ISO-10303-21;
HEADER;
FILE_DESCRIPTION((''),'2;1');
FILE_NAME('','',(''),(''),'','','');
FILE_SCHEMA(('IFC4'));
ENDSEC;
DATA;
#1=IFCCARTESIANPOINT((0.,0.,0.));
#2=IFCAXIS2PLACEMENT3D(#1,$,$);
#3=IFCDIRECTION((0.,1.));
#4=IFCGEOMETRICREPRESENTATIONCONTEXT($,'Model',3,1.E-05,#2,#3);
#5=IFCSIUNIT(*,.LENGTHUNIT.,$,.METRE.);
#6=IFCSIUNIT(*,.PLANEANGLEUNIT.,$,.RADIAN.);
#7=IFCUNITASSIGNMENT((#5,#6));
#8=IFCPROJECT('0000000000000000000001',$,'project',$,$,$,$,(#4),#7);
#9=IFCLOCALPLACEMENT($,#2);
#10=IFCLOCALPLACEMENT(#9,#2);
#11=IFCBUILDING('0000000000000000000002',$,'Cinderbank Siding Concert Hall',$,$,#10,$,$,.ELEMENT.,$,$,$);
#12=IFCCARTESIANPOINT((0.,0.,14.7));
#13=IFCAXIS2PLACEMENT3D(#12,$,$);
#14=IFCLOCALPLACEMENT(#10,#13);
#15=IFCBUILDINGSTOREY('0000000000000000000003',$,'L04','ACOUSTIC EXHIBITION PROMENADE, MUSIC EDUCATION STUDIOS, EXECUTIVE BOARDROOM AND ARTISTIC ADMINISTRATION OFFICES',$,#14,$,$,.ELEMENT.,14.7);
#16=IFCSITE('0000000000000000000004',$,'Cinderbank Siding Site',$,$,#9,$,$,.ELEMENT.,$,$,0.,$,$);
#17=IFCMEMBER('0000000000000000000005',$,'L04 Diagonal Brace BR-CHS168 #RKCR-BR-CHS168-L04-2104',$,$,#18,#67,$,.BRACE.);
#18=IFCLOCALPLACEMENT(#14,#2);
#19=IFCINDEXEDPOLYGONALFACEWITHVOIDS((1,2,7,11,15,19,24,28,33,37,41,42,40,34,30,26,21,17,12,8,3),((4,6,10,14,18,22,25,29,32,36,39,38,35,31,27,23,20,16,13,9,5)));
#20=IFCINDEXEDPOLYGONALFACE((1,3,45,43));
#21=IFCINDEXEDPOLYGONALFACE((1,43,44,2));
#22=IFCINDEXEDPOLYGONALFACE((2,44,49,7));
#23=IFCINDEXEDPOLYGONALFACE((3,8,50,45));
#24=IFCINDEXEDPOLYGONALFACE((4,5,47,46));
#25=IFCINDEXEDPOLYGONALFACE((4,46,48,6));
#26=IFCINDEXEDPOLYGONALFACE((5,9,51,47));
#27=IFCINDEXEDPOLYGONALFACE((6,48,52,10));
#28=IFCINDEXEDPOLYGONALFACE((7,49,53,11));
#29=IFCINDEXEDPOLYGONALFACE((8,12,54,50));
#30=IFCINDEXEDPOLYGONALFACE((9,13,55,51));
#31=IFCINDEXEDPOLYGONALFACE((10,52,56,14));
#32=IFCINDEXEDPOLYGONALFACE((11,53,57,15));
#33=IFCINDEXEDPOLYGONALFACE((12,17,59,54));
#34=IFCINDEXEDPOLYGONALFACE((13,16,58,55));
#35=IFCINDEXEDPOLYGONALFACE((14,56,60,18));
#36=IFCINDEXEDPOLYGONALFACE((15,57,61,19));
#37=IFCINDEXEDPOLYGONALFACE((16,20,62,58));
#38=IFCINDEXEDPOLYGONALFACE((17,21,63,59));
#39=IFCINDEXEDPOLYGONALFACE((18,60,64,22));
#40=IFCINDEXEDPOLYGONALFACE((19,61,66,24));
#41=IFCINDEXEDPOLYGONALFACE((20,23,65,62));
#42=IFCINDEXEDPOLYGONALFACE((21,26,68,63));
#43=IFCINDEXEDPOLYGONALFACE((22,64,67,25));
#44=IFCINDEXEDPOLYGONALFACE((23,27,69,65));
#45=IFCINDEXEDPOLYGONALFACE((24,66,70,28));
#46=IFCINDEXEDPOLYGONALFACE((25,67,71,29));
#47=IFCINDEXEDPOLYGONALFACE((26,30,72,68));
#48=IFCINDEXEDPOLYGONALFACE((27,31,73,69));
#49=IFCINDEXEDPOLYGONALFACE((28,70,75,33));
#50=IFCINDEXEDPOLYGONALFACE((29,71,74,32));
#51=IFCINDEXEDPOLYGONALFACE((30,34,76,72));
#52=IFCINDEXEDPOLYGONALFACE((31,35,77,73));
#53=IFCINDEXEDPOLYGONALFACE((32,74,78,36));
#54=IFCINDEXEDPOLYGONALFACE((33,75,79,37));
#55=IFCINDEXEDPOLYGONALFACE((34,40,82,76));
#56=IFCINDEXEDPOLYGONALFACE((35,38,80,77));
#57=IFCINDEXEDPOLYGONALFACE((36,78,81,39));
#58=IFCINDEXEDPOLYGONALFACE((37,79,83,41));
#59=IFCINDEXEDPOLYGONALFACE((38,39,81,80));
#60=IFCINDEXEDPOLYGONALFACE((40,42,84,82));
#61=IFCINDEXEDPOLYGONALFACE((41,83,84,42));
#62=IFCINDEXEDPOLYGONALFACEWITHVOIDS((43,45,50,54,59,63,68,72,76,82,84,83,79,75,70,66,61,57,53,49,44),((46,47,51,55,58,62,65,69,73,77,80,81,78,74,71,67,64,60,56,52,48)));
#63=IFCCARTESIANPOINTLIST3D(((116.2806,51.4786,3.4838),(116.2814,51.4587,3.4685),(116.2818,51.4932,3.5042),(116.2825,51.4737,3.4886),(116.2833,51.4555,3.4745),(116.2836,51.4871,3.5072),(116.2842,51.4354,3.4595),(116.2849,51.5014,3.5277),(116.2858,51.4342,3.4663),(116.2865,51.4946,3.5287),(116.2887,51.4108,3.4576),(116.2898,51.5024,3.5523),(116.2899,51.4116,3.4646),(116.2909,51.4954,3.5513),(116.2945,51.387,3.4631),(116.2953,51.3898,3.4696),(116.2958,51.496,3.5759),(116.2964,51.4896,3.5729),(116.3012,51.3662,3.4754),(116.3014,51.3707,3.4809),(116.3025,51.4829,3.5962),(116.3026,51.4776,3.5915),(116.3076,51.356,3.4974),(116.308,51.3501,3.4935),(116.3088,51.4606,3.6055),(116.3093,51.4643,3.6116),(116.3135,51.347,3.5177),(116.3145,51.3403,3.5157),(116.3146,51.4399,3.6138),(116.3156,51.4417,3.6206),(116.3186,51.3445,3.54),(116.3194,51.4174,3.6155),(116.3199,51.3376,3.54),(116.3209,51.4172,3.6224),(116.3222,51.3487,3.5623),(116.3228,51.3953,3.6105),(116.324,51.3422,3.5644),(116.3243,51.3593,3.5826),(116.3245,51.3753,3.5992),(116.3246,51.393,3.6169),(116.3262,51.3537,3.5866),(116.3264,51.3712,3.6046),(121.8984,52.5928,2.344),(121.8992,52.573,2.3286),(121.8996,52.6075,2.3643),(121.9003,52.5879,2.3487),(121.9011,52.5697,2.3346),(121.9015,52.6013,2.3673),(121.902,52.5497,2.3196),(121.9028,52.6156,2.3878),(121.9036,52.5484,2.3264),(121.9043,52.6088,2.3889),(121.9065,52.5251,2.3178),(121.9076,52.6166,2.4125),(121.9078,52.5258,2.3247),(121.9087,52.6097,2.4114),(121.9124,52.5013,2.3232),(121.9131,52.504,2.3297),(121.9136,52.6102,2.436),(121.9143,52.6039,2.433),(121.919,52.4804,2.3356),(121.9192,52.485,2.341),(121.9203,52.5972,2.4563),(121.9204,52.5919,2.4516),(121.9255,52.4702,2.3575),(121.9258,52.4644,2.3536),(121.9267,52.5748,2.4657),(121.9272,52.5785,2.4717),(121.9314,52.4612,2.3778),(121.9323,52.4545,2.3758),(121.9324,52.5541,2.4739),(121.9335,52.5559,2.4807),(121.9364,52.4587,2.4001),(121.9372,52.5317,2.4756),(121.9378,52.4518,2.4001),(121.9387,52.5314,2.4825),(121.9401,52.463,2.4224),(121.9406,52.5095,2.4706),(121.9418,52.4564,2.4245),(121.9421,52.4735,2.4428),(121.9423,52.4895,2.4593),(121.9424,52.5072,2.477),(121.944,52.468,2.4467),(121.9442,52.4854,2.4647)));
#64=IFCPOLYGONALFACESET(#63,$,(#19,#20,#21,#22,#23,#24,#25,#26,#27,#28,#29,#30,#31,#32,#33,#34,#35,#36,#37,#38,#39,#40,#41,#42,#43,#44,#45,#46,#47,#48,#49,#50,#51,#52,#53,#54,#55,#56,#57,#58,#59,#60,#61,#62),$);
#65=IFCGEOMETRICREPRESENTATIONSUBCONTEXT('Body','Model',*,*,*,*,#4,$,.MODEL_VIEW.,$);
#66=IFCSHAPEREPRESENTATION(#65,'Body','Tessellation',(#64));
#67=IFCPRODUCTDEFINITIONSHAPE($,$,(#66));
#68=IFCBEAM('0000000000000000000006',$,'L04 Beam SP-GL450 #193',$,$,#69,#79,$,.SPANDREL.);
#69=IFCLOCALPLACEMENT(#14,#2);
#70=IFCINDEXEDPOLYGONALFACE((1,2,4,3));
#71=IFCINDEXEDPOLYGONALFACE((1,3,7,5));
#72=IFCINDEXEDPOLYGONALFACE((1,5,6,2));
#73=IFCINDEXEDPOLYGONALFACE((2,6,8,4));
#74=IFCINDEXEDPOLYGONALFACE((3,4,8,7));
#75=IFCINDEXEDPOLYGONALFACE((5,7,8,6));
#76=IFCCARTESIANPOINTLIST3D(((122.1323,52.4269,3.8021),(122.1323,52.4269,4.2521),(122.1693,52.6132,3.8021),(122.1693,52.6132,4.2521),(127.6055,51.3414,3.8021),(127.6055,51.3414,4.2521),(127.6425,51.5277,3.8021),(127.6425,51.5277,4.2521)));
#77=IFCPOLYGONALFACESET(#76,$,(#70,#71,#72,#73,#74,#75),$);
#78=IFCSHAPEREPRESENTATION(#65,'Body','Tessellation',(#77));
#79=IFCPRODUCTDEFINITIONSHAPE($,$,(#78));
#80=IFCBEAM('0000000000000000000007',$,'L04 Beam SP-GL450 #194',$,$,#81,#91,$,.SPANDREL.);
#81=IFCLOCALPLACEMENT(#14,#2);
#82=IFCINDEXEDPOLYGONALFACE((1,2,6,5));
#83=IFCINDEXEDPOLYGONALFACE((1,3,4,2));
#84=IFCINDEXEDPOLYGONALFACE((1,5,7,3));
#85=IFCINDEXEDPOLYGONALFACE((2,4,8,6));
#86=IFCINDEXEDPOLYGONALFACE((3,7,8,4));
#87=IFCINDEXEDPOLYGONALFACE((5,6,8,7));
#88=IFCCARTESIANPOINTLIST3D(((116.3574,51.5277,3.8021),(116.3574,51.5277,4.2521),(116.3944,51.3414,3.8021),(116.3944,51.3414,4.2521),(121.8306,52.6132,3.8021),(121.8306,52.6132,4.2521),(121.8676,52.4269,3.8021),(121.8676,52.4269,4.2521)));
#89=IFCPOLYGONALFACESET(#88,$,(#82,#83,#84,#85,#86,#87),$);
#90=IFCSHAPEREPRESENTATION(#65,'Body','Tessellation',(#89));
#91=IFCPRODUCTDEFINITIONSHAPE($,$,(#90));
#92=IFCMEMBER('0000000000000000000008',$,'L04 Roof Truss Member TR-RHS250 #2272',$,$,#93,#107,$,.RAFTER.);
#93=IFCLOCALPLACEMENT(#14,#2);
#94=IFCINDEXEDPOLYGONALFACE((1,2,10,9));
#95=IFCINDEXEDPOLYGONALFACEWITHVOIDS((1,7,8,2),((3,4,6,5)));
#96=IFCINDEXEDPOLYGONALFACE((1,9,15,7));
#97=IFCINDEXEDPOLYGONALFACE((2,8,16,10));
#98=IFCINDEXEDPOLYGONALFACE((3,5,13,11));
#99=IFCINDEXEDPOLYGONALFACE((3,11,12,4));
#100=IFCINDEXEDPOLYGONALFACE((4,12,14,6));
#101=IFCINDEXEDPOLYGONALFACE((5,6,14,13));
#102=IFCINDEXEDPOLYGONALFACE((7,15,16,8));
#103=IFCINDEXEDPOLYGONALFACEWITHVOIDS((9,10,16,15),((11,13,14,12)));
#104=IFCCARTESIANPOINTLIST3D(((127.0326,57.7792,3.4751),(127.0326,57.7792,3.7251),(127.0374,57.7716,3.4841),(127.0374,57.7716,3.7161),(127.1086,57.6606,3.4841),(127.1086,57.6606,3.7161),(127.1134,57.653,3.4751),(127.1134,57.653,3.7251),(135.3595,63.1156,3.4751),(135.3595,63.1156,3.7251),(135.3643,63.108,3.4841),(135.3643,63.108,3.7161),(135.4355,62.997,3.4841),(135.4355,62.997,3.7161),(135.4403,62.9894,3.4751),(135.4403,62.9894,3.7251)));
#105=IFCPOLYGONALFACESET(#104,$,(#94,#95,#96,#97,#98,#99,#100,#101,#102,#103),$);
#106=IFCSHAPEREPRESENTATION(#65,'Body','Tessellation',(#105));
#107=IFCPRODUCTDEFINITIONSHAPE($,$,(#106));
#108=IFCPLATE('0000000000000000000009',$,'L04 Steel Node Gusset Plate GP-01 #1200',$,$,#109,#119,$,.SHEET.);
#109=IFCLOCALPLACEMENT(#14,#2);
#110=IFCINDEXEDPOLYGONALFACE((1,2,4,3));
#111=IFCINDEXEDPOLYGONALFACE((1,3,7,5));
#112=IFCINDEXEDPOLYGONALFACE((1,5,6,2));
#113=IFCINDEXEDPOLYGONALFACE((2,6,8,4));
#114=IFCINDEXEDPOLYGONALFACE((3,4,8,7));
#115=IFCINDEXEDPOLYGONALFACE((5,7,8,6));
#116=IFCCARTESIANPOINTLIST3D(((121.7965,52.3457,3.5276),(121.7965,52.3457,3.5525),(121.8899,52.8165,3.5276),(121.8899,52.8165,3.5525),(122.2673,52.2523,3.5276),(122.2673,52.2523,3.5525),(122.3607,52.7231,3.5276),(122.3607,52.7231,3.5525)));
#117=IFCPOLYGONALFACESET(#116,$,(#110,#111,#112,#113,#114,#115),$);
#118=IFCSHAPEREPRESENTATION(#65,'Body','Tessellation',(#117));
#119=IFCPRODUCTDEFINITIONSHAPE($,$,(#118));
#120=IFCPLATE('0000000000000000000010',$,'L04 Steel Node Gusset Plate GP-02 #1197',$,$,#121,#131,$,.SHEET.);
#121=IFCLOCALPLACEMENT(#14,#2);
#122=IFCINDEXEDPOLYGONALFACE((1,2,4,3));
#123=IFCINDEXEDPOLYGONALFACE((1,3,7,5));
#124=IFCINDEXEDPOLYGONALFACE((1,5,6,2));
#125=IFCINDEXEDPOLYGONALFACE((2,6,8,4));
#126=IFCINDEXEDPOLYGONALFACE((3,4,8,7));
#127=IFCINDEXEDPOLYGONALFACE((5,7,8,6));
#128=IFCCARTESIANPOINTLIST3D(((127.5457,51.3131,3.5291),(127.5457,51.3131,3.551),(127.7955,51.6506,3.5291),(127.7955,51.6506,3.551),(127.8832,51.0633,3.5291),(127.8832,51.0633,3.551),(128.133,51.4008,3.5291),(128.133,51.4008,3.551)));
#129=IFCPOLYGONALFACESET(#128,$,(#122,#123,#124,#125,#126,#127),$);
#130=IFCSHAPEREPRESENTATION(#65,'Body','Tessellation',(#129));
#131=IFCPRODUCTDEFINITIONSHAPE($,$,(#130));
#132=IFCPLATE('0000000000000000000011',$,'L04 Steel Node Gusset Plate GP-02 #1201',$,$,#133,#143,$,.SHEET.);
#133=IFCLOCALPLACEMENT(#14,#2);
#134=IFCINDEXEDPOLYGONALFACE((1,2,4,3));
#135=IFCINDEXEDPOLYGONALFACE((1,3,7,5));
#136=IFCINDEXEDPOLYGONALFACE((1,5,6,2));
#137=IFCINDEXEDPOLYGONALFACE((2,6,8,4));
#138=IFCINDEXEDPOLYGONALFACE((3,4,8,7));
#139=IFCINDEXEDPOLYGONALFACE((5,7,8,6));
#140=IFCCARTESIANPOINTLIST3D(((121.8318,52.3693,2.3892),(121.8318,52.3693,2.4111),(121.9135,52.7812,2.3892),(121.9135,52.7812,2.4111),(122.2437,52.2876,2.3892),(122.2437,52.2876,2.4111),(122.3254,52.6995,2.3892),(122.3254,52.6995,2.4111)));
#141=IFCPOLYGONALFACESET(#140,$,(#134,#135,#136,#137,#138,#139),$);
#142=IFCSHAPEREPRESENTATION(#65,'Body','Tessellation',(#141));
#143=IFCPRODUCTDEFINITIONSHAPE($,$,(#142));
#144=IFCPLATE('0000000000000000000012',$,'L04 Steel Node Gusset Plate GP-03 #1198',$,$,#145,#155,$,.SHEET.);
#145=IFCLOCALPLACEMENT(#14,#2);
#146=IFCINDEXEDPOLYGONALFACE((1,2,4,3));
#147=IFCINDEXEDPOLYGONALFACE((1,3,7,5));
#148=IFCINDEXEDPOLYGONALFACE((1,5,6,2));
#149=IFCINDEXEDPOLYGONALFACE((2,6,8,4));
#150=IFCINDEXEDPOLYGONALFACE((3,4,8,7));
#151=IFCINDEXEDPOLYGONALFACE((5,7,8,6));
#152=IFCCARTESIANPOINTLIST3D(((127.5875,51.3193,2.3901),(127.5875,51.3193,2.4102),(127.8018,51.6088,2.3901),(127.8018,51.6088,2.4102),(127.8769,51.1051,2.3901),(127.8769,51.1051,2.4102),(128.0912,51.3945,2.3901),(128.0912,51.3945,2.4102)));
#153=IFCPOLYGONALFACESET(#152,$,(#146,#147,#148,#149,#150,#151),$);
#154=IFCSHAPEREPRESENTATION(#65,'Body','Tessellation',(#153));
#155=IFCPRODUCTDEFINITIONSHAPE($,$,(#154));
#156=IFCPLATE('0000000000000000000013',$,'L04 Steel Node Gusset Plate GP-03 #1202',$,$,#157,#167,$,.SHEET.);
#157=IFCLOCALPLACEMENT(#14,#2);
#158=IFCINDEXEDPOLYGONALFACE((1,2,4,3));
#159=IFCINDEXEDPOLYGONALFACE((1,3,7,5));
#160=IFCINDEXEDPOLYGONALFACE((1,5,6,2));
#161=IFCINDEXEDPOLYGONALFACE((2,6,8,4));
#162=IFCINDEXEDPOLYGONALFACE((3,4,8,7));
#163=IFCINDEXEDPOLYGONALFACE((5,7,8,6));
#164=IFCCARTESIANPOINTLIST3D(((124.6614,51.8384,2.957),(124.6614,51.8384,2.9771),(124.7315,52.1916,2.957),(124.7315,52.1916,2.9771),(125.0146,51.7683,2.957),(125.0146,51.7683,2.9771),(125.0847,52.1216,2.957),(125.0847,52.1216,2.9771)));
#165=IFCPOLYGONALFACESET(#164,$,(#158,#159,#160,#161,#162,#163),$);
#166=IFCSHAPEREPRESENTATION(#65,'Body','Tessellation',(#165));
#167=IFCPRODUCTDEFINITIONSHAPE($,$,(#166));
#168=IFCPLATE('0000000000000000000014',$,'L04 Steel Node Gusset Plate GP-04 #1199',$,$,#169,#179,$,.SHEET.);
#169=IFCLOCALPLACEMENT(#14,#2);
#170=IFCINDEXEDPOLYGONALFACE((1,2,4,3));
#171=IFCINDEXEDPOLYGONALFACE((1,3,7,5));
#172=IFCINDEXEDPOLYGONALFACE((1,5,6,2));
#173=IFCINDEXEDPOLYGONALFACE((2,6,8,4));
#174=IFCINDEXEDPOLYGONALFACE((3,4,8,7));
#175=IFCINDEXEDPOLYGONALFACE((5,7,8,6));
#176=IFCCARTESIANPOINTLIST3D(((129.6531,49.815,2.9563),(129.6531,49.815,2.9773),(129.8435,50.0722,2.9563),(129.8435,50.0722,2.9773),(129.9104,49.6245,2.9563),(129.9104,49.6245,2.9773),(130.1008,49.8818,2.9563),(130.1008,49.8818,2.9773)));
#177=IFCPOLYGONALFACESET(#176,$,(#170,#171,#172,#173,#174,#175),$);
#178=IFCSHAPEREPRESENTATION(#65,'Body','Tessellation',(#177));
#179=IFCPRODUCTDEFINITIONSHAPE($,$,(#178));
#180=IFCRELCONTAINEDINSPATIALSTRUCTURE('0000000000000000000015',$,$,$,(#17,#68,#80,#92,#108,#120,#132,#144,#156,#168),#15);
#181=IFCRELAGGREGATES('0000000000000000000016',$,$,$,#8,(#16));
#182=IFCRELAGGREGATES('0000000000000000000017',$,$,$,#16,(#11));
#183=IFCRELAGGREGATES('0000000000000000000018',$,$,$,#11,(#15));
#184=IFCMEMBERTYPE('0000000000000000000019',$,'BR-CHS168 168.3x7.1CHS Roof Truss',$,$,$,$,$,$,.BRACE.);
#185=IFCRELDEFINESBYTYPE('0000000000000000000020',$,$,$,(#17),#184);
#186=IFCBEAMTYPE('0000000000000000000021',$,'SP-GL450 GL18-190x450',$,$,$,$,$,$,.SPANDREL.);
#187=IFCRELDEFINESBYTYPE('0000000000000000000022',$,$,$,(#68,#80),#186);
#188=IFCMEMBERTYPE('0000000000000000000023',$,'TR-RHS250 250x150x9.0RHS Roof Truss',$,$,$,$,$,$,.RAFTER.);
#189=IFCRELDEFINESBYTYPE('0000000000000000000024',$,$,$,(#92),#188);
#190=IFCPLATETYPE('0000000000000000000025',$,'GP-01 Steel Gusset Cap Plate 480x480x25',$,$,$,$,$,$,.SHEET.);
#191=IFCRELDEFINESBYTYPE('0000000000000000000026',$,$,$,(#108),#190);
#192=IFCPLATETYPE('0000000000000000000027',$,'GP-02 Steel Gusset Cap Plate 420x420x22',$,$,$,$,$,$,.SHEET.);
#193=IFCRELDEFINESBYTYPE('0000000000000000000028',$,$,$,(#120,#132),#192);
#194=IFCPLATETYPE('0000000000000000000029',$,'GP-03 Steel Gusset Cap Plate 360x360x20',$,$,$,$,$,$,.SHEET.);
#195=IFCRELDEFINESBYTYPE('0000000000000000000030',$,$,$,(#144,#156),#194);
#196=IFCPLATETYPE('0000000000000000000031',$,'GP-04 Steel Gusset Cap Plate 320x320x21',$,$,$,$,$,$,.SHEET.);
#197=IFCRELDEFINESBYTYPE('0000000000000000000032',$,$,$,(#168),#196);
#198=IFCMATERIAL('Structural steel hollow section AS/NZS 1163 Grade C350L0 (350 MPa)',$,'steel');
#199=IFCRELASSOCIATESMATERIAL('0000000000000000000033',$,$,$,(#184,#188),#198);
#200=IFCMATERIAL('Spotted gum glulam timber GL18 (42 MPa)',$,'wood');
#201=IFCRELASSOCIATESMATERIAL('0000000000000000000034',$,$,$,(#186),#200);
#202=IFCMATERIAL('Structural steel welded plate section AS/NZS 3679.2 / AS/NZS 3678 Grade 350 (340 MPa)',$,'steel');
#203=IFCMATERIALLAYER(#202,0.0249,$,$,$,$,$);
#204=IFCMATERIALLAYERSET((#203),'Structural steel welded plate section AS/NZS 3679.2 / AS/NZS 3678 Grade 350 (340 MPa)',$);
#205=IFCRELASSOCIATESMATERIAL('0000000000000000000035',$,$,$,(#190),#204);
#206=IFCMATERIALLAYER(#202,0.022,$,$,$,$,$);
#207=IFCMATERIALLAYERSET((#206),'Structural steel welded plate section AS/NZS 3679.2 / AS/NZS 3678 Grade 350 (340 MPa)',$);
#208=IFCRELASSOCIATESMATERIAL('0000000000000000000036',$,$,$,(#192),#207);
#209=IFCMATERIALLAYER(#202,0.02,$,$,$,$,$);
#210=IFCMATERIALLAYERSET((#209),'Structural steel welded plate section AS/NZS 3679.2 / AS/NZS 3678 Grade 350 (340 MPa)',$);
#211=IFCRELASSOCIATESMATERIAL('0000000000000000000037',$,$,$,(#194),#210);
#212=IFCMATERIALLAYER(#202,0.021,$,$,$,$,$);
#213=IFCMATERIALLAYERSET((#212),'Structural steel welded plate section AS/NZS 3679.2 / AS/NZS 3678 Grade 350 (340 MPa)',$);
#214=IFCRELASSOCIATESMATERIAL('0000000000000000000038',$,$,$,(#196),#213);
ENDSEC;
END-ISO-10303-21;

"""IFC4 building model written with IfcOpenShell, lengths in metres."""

from ifc_helpers import new_model, si_unit, direction, frame, origin, origin_2d, place, context, subcontext, project, spatial, rectangle, hollow_rectangle, hollow_circle, extrude, material, layer, layer_set, material_profile, profile_set, type_object, element, save


model = new_model("IFC4")

# Units and contexts
model_context = context("Model", 3, precision=1e-05, world=origin(), true_north=direction((0.0, 1.0)))
body_context = subcontext(model_context, "Body", "Model", "MODEL_VIEW")
ifc_project = project(units=[si_unit("LENGTHUNIT", "METRE"), si_unit("PLANEANGLEUNIT", "RADIAN")], contexts=[model_context])

# Site, building, storey
site_placement = place(None, origin())
site = spatial("IfcSite", under=ifc_project, at=site_placement, Name="Cinderbank Siding Site", CompositionType="ELEMENT", RefElevation=0.0)
building_placement = place(site_placement, origin())
building = spatial("IfcBuilding", under=site, at=building_placement, Name="Cinderbank Siding Concert Hall", CompositionType="ELEMENT")
storey_placement = place(building_placement, frame((0.0, 0.0, 14.7)))
storey = spatial("IfcBuildingStorey", under=building, at=storey_placement, Name="L04", Description="ACOUSTIC EXHIBITION PROMENADE, MUSIC EDUCATION STUDIOS, EXECUTIVE BOARDROOM AND ARTISTIC ADMINISTRATION OFFICES", CompositionType="ELEMENT", Elevation=14.7)

# Shared definitions
ifc_material_1 = material(Name="Structural steel hollow section AS/NZS 1163 Grade C350L0 (350 MPa)", Category="steel")

# Member
ifc_material_profile_1 = material_profile(ifc_material_1, hollow_circle(Radius=0.0842, WallThickness=0.0071, at=origin_2d()), Name="168.3x7.1CHS", Category="LoadBearing")
ifc_profile_set_1 = profile_set([ifc_material_profile_1], Name="Structural steel hollow section AS/NZS 1163 Grade C350L0 (350 MPa)")
member_type_1 = type_object("IfcMemberType", Name="BR-CHS168 168.3x7.1CHS Roof Truss", PredefinedType="BRACE", material=ifc_profile_set_1)
member_1_placement = place(storey_placement, frame((121.9214, 52.5344, 2.4001), z_axis=(-0.962024, -0.190808, 0.195198), x_axis=(0.19455, -0.980893, 0.0)))
element("IfcMember", 1, at=member_1_placement, inside=storey, type_object=member_type_1, Name="L04 Diagonal Brace BR-CHS168 #RKCR-BR-CHS168-L04-2104", PredefinedType="BRACE", context=body_context, shape_type="SweptSolid", body=[
    extrude(hollow_circle(Radius=0.0842, WallThickness=0.0071, at=origin_2d()), origin(), (0.0, 0.0, 1.0), 5.8396),
])

# Beams
ifc_material_2 = material(Name="Spotted gum glulam timber GL18 (42 MPa)", Category="wood")
ifc_material_profile_2 = material_profile(ifc_material_2, rectangle(XDim=0.1899, YDim=0.45, at=origin_2d()), Name="GL18-190x450", Category="LoadBearing")
ifc_profile_set_2 = profile_set([ifc_material_profile_2], Name="Spotted gum glulam timber GL18 (42 MPa)")
beam_type = type_object("IfcBeamType", Name="SP-GL450 GL18-190x450", PredefinedType="SPANDREL", material=ifc_profile_set_2)
for number, where, z_axis, x_axis, name in (
    (2, (127.624, 51.4346, 4.0271), (-0.980896, 0.194534, 0.0), (-0.194534, -0.980896, 0.0), "L04 Beam SP-GL450 #193"),
    (3, (121.8491, 52.52, 4.0271), (-0.980896, -0.194534, 0.0), (0.194534, -0.980896, 0.0), "L04 Beam SP-GL450 #194"),
):
    element("IfcBeam", number, at=place(storey_placement, frame(where, z_axis=z_axis, x_axis=x_axis)), inside=storey, type_object=beam_type, Name=name, PredefinedType="SPANDREL", context=body_context, shape_type="SweptSolid", body=[
        extrude(rectangle(XDim=0.1899, YDim=0.45, at=origin_2d()), origin(), (0.0, 0.0, 1.0), 5.5798),
    ])

# Member
ifc_material_profile_3 = material_profile(ifc_material_1, hollow_rectangle(XDim=0.1499, YDim=0.25, WallThickness=0.009, at=origin_2d()), Name="250x150x9.0RHS", Category="LoadBearing")
ifc_profile_set_3 = profile_set([ifc_material_profile_3], Name="Structural steel hollow section AS/NZS 1163 Grade C350L0 (350 MPa)")
member_type_2 = type_object("IfcMemberType", Name="TR-RHS250 250x150x9.0RHS Roof Truss", PredefinedType="RAFTER", material=ifc_profile_set_3)
member_2_placement = place(storey_placement, frame((127.073, 57.7161, 3.6001), z_axis=(0.84194, 0.539571, 0.0), x_axis=(-0.539571, 0.84194, 0.0)))
element("IfcMember", 4, at=member_2_placement, inside=storey, type_object=member_type_2, Name="L04 Roof Truss Member TR-RHS250 #2272", PredefinedType="RAFTER", context=body_context, shape_type="SweptSolid", body=[
    extrude(hollow_rectangle(XDim=0.1499, YDim=0.25, WallThickness=0.009, at=origin_2d()), origin(), (0.0, 0.0, 1.0), 9.8901),
])

# Plates
ifc_material_3 = material(Name="Structural steel welded plate section AS/NZS 3679.2 / AS/NZS 3678 Grade 350 (340 MPa)", Category="steel")
ifc_layer_1 = layer(ifc_material_3, 0.0249)
ifc_layer_set_1 = layer_set([ifc_layer_1], Name="Structural steel welded plate section AS/NZS 3679.2 / AS/NZS 3678 Grade 350 (340 MPa)")
plate_type_1 = type_object("IfcPlateType", Name="GP-01 Steel Gusset Cap Plate 480x480x25", PredefinedType="SHEET", material=ifc_layer_set_1)
plate_1_placement = place(storey_placement, frame((122.0786, 52.5344, 3.5276), z_axis=(0.0, 0.0, 1.0), x_axis=(-0.980887, 0.194577, 0.0)))
element("IfcPlate", 5, at=plate_1_placement, inside=storey, type_object=plate_type_1, Name="L04 Steel Node Gusset Plate GP-01 #1200", PredefinedType="SHEET", context=body_context, shape_type="SweptSolid", body=[
    extrude(rectangle(XDim=0.48, YDim=0.48, at=origin_2d()), origin(), (0.0, 0.0, 1.0), 0.0249),
])
ifc_layer_2 = layer(ifc_material_3, 0.022)
ifc_layer_set_2 = layer_set([ifc_layer_2], Name="Structural steel welded plate section AS/NZS 3679.2 / AS/NZS 3678 Grade 350 (340 MPa)")
plate_type_2 = type_object("IfcPlateType", Name="GP-02 Steel Gusset Cap Plate 420x420x22", PredefinedType="SHEET", material=ifc_layer_set_2)
for number, where, z_axis, x_axis, name in (
    (6, (127.8394, 51.3569, 3.5291), (0.0, 0.0, 1.0), (-0.803753, 0.594963, 0.0), "L04 Steel Node Gusset Plate GP-02 #1197"),
    (7, (122.0786, 52.5344, 2.3892), (0.0, 0.0, 1.0), (0.980887, -0.194577, 0.0), "L04 Steel Node Gusset Plate GP-02 #1201"),
):
    element("IfcPlate", number, at=place(storey_placement, frame(where, z_axis=z_axis, x_axis=x_axis)), inside=storey, type_object=plate_type_2, Name=name, PredefinedType="SHEET", context=body_context, shape_type="SweptSolid", body=[
        extrude(rectangle(XDim=0.4199, YDim=0.4199, at=origin_2d()), origin(), (0.0, 0.0, 1.0), 0.022),
    ])
ifc_layer_3 = layer(ifc_material_3, 0.02)
ifc_layer_set_3 = layer_set([ifc_layer_3], Name="Structural steel welded plate section AS/NZS 3679.2 / AS/NZS 3678 Grade 350 (340 MPa)")
plate_type_3 = type_object("IfcPlateType", Name="GP-03 Steel Gusset Cap Plate 360x360x20", PredefinedType="SHEET", material=ifc_layer_set_3)
for number, where, z_axis, x_axis, name in (
    (8, (127.8394, 51.3569, 2.3901), (0.0, 0.0, 1.0), (0.803753, -0.594963, 0.0), "L04 Steel Node Gusset Plate GP-03 #1198"),
    (9, (124.873, 51.98, 2.957), (0.0, 0.0, 1.0), (0.980887, -0.194577, 0.0), "L04 Steel Node Gusset Plate GP-03 #1202"),
):
    element("IfcPlate", number, at=place(storey_placement, frame(where, z_axis=z_axis, x_axis=x_axis)), inside=storey, type_object=plate_type_3, Name=name, PredefinedType="SHEET", context=body_context, shape_type="SweptSolid", body=[
        extrude(rectangle(XDim=0.3601, YDim=0.3601, at=origin_2d()), origin(), (0.0, 0.0, 1.0), 0.02),
    ])
ifc_layer_4 = layer(ifc_material_3, 0.021)
ifc_layer_set_4 = layer_set([ifc_layer_4], Name="Structural steel welded plate section AS/NZS 3679.2 / AS/NZS 3678 Grade 350 (340 MPa)")
plate_type_4 = type_object("IfcPlateType", Name="GP-04 Steel Gusset Cap Plate 320x320x21", PredefinedType="SHEET", material=ifc_layer_set_4)
plate_2_placement = place(storey_placement, frame((129.877, 49.8484, 2.9563), z_axis=(0.0, 0.0, 1.0), x_axis=(0.803753, -0.594963, 0.0)))
element("IfcPlate", 10, at=plate_2_placement, inside=storey, type_object=plate_type_4, Name="L04 Steel Node Gusset Plate GP-04 #1199", PredefinedType="SHEET", context=body_context, shape_type="SweptSolid", body=[
    extrude(rectangle(XDim=0.3201, YDim=0.3201, at=origin_2d()), origin(), (0.0, 0.0, 1.0), 0.021),
])

save(model, "model.ifc")
